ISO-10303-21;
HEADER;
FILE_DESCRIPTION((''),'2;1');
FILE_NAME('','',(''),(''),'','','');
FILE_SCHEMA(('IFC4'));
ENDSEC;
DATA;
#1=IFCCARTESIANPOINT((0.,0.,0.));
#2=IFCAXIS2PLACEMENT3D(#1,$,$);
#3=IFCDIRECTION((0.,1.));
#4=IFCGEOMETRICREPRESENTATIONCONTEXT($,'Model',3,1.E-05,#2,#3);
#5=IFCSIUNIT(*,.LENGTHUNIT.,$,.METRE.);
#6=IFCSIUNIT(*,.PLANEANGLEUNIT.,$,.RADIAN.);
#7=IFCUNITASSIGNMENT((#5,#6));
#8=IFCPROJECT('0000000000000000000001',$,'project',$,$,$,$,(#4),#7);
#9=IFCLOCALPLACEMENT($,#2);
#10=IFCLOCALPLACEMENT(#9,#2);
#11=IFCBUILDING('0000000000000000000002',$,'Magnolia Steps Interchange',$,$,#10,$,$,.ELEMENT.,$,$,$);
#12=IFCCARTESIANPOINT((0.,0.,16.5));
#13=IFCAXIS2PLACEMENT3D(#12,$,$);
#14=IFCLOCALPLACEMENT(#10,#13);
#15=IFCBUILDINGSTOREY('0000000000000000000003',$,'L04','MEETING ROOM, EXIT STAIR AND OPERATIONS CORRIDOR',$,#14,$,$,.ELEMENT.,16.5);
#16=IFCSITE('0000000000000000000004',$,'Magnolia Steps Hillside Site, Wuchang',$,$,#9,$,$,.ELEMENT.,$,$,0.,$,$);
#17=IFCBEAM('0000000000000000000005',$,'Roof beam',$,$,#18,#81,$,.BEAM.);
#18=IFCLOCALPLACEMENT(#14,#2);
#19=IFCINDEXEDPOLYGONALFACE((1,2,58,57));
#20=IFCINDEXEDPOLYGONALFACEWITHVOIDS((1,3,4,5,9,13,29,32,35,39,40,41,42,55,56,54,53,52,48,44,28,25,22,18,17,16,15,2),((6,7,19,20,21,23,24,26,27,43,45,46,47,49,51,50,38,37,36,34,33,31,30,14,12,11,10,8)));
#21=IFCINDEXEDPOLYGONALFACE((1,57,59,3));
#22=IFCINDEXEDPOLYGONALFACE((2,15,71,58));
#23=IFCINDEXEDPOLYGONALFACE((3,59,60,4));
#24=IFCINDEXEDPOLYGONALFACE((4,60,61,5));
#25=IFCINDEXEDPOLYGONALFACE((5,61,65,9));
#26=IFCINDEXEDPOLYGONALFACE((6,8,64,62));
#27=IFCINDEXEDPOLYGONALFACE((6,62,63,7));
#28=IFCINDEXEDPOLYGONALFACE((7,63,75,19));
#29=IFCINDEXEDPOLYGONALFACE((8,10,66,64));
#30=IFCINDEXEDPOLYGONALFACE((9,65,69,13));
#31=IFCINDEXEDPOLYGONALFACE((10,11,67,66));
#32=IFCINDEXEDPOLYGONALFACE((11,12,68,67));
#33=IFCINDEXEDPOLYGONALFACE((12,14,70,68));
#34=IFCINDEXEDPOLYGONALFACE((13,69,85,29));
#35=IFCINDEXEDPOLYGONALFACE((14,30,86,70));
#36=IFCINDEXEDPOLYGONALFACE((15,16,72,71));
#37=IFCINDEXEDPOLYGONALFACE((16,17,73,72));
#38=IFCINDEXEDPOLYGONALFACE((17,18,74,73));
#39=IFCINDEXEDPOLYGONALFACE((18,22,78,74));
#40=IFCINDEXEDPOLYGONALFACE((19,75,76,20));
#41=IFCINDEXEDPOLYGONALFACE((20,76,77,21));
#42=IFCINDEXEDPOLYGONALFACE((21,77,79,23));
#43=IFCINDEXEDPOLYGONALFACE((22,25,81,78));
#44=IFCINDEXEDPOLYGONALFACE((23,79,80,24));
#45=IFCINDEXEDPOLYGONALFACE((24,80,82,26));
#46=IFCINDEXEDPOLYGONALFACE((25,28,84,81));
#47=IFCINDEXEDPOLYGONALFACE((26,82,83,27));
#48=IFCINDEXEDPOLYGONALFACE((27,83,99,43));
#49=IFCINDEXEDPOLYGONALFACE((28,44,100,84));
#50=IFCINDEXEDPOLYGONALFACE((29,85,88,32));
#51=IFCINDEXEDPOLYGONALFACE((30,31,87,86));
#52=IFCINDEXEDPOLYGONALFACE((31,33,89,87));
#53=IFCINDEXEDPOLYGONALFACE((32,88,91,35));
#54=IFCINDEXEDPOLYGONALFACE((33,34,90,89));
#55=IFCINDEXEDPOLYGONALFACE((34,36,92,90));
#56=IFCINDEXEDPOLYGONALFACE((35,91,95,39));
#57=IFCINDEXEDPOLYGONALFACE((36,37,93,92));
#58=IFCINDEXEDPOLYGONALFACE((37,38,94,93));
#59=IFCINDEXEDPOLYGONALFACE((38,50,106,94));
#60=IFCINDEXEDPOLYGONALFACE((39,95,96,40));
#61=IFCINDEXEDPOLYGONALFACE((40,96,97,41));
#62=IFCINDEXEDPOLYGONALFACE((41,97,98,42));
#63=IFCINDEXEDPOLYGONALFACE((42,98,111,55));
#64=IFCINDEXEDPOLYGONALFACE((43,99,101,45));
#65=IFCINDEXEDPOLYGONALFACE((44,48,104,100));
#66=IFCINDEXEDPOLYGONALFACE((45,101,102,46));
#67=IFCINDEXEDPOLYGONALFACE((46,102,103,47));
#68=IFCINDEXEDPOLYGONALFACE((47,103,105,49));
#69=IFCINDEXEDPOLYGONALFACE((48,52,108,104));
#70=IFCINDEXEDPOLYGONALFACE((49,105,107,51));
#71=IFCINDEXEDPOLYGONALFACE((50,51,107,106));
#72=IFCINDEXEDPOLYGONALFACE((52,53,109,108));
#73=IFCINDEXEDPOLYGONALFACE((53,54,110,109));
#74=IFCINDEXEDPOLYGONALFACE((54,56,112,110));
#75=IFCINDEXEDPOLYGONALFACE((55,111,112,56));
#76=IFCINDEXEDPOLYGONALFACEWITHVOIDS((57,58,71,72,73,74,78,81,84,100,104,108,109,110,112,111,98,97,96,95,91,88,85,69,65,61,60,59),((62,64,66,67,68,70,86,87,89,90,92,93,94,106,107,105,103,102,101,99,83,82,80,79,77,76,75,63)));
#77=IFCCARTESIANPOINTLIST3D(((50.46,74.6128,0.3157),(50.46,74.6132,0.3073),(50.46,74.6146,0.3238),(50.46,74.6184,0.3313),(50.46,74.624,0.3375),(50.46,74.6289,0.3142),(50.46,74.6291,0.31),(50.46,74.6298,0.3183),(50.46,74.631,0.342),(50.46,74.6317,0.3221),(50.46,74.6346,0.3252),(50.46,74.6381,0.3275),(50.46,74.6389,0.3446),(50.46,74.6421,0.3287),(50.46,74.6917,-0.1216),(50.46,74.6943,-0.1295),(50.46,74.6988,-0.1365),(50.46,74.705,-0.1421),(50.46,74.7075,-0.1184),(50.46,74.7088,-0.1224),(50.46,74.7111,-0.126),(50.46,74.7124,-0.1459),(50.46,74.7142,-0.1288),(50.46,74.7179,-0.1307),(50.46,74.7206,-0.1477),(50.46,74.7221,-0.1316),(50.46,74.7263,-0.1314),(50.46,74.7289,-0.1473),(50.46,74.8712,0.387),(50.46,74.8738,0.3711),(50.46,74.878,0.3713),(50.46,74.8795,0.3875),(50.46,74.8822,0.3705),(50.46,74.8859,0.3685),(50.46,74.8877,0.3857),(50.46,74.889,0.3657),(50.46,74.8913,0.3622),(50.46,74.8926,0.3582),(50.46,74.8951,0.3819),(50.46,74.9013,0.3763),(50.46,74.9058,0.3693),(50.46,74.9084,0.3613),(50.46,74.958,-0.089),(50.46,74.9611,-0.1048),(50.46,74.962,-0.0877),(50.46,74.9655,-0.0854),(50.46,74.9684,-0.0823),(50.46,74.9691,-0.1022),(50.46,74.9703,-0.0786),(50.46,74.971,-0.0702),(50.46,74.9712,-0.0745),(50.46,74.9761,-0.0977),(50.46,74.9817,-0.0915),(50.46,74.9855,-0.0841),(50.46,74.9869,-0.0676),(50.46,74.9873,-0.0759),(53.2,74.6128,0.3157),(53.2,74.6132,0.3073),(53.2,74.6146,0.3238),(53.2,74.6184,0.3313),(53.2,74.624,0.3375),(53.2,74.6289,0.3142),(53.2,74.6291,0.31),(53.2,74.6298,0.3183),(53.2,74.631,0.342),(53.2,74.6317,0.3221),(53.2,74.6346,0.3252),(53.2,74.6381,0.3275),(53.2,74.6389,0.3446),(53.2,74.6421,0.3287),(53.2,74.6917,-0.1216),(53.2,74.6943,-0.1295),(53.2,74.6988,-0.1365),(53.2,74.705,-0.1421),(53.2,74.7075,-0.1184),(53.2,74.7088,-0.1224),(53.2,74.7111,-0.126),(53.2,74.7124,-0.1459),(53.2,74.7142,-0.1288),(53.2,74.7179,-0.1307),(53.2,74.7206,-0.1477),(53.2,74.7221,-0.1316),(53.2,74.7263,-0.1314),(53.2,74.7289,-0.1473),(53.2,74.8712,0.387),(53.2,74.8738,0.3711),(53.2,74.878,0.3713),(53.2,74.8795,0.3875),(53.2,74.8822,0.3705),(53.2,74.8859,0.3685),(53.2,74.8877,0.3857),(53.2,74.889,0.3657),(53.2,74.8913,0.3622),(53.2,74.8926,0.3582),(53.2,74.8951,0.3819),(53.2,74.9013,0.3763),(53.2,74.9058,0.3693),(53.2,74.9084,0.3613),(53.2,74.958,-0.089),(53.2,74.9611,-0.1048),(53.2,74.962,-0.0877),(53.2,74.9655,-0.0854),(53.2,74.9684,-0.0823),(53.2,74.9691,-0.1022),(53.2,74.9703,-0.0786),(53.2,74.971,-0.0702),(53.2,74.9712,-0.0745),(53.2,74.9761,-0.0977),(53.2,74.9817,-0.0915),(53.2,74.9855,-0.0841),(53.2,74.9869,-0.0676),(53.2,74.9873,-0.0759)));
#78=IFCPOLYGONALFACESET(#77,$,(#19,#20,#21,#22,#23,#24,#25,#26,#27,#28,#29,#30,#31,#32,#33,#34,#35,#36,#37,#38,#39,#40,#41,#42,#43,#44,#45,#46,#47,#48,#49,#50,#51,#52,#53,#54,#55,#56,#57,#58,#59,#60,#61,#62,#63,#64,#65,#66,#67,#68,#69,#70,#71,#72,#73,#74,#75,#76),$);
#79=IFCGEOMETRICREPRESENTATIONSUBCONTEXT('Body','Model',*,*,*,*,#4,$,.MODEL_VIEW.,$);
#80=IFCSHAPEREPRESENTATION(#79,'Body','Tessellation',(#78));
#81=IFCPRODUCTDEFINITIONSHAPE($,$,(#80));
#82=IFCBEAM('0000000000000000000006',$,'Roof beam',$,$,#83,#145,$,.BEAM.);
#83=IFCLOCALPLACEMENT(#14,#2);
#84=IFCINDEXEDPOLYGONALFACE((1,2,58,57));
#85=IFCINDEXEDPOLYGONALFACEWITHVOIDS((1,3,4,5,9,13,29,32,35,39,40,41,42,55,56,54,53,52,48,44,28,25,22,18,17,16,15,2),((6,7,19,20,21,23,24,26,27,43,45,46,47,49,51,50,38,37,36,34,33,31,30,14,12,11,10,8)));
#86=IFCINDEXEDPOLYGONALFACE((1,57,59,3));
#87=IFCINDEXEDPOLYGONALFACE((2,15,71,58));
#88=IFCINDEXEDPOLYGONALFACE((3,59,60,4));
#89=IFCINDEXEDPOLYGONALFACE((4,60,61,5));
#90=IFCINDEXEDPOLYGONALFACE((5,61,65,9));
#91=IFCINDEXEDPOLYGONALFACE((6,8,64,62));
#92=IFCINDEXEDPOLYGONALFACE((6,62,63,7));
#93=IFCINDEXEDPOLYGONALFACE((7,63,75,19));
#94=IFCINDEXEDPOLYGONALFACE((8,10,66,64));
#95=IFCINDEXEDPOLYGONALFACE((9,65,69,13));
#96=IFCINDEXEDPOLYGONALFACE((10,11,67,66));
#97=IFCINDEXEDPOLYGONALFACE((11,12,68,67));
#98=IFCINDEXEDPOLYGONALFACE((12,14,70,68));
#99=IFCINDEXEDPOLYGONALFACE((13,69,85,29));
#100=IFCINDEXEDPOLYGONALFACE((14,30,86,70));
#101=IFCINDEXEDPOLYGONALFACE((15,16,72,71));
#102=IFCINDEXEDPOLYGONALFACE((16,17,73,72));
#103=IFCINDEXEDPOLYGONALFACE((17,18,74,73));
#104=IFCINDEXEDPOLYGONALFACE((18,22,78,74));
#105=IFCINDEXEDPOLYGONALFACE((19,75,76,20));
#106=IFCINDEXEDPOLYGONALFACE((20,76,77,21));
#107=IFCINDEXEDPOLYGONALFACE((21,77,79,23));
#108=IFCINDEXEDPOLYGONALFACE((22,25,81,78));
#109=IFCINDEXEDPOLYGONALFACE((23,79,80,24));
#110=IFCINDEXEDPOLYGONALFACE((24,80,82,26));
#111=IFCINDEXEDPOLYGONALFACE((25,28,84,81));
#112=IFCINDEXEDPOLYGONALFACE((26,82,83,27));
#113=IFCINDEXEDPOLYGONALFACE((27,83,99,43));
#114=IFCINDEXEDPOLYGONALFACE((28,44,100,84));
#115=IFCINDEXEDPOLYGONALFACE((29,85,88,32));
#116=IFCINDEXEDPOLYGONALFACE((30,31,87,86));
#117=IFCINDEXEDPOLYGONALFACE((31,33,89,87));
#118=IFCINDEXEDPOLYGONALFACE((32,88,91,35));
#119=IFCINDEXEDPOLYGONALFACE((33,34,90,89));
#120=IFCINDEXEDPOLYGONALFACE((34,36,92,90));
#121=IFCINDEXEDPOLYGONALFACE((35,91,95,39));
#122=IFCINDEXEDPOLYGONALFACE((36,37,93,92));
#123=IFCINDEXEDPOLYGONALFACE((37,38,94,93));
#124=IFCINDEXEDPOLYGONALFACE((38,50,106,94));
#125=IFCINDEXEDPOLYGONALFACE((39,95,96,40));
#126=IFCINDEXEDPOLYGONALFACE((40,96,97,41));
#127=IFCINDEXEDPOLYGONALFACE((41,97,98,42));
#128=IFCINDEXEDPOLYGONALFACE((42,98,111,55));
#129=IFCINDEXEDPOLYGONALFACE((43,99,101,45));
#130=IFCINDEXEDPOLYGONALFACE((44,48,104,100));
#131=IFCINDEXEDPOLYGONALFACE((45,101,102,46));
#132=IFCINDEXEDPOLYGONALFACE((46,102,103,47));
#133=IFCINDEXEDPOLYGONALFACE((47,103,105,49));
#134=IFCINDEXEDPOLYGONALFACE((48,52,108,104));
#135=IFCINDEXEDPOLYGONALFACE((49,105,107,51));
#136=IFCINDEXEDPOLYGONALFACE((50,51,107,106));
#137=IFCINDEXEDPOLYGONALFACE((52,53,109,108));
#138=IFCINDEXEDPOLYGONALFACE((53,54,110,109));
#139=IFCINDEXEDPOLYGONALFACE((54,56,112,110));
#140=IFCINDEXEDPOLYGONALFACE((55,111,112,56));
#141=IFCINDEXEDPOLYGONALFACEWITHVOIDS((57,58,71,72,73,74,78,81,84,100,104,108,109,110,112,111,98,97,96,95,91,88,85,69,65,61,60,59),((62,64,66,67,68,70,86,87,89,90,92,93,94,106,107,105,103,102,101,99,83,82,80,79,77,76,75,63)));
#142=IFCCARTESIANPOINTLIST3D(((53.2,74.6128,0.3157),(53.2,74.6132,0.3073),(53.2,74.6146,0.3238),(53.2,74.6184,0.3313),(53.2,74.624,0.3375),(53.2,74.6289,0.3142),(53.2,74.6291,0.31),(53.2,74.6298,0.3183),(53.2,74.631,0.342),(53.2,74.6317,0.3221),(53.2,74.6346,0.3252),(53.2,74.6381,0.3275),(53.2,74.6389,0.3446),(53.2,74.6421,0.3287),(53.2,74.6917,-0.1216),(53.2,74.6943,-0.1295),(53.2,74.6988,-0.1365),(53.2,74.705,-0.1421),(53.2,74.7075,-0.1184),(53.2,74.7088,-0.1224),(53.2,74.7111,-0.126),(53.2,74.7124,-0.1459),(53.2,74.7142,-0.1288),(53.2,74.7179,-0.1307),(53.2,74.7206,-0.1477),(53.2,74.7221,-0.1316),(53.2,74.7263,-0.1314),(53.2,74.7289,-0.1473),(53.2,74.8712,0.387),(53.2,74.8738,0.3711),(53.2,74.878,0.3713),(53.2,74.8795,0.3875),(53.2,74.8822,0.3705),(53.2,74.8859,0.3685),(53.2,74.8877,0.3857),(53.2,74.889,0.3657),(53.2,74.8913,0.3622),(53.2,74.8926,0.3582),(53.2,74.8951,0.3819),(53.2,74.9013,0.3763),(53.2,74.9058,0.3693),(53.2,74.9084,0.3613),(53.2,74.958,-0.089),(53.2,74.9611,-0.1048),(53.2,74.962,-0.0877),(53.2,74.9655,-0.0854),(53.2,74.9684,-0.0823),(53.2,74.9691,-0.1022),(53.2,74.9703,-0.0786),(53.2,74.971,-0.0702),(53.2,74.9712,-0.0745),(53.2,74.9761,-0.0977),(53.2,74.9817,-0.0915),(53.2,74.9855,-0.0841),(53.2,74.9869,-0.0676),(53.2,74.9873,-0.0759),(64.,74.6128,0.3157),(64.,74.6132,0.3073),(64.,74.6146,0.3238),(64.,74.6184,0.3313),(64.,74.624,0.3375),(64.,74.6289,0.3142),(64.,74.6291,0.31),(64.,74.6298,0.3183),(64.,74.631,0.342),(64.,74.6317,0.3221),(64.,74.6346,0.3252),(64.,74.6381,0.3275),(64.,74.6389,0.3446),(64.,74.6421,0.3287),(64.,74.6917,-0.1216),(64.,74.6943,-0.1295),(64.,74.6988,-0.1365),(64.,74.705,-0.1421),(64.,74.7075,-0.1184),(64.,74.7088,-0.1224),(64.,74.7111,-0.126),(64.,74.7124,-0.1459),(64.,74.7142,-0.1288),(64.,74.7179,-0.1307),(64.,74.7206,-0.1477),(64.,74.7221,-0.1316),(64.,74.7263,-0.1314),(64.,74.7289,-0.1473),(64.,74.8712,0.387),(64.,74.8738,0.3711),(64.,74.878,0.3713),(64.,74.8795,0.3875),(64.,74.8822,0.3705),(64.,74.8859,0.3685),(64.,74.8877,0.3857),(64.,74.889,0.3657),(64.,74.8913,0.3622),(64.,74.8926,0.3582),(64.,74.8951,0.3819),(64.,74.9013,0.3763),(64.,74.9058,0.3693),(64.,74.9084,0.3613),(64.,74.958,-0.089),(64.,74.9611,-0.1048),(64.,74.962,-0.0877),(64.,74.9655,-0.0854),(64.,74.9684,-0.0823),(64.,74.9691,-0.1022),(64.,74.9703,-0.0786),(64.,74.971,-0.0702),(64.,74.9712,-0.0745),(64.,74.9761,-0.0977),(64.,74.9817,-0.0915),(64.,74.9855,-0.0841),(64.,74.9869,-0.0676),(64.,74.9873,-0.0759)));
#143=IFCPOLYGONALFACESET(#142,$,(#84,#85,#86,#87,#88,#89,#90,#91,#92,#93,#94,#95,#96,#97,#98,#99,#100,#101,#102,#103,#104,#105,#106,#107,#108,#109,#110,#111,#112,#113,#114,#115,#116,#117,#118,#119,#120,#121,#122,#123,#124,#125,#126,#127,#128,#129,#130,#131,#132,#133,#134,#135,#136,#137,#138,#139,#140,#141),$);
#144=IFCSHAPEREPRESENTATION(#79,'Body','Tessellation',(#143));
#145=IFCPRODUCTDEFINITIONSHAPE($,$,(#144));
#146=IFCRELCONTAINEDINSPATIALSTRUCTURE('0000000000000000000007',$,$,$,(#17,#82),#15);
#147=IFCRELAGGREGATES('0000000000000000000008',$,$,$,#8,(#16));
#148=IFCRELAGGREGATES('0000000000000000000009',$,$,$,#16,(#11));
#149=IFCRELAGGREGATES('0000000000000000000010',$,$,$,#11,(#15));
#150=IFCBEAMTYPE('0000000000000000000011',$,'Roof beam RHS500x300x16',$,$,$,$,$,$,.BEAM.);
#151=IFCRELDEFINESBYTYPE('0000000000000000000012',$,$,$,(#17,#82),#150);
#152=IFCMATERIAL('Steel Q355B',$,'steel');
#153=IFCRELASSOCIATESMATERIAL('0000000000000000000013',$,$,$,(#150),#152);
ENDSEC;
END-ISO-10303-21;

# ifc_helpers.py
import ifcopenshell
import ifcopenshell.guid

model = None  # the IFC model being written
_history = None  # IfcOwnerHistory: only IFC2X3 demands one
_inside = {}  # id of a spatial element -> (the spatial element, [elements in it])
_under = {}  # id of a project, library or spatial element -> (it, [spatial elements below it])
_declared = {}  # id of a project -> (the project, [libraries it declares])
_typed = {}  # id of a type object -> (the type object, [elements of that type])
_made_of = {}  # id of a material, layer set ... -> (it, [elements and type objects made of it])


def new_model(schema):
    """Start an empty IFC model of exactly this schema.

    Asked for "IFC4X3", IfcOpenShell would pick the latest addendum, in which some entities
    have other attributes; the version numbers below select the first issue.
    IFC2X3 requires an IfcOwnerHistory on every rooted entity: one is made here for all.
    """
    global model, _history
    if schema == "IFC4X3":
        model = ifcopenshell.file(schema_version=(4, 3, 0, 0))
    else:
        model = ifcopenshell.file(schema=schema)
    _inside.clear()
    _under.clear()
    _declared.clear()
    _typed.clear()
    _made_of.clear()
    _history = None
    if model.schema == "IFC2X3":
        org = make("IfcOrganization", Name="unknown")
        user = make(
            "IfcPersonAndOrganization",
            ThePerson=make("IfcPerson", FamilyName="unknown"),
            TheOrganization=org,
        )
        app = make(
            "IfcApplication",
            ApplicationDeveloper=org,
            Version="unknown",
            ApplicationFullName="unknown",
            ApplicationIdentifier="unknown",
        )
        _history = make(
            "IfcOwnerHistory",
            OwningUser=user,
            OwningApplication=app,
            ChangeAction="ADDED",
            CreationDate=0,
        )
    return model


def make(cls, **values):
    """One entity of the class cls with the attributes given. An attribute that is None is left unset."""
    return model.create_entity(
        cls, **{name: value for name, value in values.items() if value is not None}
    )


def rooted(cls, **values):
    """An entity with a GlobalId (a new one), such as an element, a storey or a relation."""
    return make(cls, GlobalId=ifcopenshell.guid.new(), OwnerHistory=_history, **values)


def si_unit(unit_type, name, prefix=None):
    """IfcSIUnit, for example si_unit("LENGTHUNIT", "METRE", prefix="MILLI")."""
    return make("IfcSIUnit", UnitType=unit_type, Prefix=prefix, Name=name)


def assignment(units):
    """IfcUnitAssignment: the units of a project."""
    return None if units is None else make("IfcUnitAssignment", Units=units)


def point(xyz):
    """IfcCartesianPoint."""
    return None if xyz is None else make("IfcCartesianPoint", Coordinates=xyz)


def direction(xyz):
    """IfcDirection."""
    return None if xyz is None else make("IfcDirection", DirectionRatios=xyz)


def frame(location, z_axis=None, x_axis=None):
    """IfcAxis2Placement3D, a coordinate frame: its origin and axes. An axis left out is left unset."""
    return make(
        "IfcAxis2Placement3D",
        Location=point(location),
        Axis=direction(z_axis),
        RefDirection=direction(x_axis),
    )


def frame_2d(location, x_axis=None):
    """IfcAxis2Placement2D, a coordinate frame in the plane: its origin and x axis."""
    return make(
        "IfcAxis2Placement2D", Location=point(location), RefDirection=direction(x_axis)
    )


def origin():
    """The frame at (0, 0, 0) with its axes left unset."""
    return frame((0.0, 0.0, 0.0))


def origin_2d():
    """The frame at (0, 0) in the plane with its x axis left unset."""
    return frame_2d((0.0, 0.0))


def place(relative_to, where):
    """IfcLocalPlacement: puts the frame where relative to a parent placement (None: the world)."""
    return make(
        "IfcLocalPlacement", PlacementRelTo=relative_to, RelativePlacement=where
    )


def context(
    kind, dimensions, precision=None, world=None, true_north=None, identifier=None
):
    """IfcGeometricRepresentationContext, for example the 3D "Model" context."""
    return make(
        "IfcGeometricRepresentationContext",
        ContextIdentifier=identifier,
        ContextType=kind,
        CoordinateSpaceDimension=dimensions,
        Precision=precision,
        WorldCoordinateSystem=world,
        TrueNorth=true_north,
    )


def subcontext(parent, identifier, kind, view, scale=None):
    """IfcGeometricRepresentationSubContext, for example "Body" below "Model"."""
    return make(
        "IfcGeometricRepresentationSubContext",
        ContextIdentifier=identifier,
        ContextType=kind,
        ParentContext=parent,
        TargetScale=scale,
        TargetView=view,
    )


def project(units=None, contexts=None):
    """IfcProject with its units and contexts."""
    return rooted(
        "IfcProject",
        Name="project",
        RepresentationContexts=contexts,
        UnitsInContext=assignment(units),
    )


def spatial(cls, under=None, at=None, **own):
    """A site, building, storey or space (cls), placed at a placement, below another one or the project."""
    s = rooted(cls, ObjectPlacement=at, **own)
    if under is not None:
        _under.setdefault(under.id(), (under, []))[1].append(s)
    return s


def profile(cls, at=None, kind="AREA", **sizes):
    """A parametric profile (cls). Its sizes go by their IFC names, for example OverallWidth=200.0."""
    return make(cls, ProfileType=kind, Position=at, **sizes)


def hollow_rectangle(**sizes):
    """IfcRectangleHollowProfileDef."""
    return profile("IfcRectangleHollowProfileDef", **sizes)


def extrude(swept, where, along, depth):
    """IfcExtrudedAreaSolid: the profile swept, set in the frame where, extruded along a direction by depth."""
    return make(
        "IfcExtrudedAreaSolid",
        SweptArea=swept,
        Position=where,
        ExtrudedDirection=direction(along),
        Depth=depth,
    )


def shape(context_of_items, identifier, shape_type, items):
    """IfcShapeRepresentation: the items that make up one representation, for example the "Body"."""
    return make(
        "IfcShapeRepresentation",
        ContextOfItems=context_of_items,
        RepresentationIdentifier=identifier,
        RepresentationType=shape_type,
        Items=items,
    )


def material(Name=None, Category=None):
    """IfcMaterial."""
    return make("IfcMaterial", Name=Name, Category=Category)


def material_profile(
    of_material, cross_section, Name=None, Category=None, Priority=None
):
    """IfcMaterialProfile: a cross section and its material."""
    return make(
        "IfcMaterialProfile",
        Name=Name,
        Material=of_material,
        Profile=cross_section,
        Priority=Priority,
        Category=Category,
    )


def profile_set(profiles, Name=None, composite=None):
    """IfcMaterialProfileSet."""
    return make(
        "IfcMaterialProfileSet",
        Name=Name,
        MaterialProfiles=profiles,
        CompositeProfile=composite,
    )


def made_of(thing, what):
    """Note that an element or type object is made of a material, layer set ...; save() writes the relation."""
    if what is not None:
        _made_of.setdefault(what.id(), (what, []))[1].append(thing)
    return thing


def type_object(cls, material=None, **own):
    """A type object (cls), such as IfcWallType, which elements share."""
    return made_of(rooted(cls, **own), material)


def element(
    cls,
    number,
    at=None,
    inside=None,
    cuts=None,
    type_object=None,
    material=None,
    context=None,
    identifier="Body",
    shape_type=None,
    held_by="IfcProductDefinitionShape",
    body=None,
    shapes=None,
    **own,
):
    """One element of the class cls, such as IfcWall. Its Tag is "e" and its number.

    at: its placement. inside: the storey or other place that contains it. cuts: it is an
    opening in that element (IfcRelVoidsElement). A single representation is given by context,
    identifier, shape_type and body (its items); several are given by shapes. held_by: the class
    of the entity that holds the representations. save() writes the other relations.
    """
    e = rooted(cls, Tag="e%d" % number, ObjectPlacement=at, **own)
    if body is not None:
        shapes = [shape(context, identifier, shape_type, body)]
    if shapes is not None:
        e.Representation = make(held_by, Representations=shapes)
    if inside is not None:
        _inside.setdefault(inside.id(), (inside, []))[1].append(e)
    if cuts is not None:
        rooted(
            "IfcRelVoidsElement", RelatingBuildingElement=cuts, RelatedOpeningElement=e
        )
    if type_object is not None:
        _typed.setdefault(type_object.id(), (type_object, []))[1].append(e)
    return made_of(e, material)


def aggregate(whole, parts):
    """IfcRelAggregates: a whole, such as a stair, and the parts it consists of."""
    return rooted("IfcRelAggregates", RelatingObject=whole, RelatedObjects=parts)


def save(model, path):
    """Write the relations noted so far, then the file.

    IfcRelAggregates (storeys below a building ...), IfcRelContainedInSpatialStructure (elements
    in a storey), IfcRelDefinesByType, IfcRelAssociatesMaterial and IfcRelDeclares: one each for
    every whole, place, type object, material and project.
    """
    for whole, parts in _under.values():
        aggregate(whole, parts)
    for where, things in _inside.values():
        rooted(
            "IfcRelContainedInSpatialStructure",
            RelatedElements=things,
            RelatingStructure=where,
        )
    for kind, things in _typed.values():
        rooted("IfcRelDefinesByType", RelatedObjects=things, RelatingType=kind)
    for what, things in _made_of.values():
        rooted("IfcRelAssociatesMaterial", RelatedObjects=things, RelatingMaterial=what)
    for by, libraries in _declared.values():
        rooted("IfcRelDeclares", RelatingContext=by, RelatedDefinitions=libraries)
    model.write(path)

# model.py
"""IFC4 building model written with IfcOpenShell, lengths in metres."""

from ifc_helpers import new_model, si_unit, direction, frame, origin, origin_2d, place, context, subcontext, project, spatial, hollow_rectangle, extrude, material, material_profile, profile_set, type_object, element, save


model = new_model("IFC4")

# Units and contexts
model_context = context("Model", 3, precision=1e-05, world=origin(), true_north=direction((0.0, 1.0)))
body_context = subcontext(model_context, "Body", "Model", "MODEL_VIEW")
ifc_project = project(units=[si_unit("LENGTHUNIT", "METRE"), si_unit("PLANEANGLEUNIT", "RADIAN")], contexts=[model_context])

# Site, building, storey
site_placement = place(None, origin())
site = spatial("IfcSite", under=ifc_project, at=site_placement, Name="Magnolia Steps Hillside Site, Wuchang", CompositionType="ELEMENT", RefElevation=0.0)
building_placement = place(site_placement, origin())
building = spatial("IfcBuilding", under=site, at=building_placement, Name="Magnolia Steps Interchange", CompositionType="ELEMENT")
storey_placement = place(building_placement, frame((0.0, 0.0, 16.5)))
storey = spatial("IfcBuildingStorey", under=building, at=storey_placement, Name="L04", Description="MEETING ROOM, EXIT STAIR AND OPERATIONS CORRIDOR", CompositionType="ELEMENT", Elevation=16.5)

# Beams
ifc_material_1 = material(Name="Steel Q355B", Category="steel")
ifc_material_profile_1 = material_profile(ifc_material_1, hollow_rectangle(XDim=0.3, YDim=0.5, WallThickness=0.0161, InnerFilletRadius=0.0161, OuterFilletRadius=0.032, at=origin_2d()), Name="RHS500x300x16")
ifc_profile_set_1 = profile_set([ifc_material_profile_1], Name="Steel Q355B")
beam_type_1 = type_object("IfcBeamType", Name="Roof beam RHS500x300x16", PredefinedType="BEAM", material=ifc_profile_set_1)
beam_1_placement = place(storey_placement, frame((50.46, 74.8, 0.1199), z_axis=(1.0, 0.0, 0.0), x_axis=(0.0, 0.983677, 0.179941)))
element("IfcBeam", 1, at=beam_1_placement, inside=storey, type_object=beam_type_1, Name="Roof beam", PredefinedType="BEAM", context=body_context, shape_type="SweptSolid", body=[
    extrude(hollow_rectangle(XDim=0.3, YDim=0.5, WallThickness=0.0161, InnerFilletRadius=0.0161, OuterFilletRadius=0.032, at=origin_2d()), origin(), (0.0, 0.0, 1.0), 2.74),
])
for number, where, z_axis, x_axis, name in (
    (2, (53.2, 74.8, 0.1199), (1.0, 0.0, 0.0), (0.0, 0.983677, 0.179941), "Roof beam"),
):
    element("IfcBeam", number, at=place(storey_placement, frame(where, z_axis=z_axis, x_axis=x_axis)), inside=storey, type_object=beam_type_1, Name=name, PredefinedType="BEAM", context=body_context, shape_type="SweptSolid", body=[
        extrude(hollow_rectangle(XDim=0.3, YDim=0.5, WallThickness=0.0161, InnerFilletRadius=0.0161, OuterFilletRadius=0.032, at=origin_2d()), origin(), (0.0, 0.0, 1.0), 10.8),
    ])

save(model, "model.ifc")
